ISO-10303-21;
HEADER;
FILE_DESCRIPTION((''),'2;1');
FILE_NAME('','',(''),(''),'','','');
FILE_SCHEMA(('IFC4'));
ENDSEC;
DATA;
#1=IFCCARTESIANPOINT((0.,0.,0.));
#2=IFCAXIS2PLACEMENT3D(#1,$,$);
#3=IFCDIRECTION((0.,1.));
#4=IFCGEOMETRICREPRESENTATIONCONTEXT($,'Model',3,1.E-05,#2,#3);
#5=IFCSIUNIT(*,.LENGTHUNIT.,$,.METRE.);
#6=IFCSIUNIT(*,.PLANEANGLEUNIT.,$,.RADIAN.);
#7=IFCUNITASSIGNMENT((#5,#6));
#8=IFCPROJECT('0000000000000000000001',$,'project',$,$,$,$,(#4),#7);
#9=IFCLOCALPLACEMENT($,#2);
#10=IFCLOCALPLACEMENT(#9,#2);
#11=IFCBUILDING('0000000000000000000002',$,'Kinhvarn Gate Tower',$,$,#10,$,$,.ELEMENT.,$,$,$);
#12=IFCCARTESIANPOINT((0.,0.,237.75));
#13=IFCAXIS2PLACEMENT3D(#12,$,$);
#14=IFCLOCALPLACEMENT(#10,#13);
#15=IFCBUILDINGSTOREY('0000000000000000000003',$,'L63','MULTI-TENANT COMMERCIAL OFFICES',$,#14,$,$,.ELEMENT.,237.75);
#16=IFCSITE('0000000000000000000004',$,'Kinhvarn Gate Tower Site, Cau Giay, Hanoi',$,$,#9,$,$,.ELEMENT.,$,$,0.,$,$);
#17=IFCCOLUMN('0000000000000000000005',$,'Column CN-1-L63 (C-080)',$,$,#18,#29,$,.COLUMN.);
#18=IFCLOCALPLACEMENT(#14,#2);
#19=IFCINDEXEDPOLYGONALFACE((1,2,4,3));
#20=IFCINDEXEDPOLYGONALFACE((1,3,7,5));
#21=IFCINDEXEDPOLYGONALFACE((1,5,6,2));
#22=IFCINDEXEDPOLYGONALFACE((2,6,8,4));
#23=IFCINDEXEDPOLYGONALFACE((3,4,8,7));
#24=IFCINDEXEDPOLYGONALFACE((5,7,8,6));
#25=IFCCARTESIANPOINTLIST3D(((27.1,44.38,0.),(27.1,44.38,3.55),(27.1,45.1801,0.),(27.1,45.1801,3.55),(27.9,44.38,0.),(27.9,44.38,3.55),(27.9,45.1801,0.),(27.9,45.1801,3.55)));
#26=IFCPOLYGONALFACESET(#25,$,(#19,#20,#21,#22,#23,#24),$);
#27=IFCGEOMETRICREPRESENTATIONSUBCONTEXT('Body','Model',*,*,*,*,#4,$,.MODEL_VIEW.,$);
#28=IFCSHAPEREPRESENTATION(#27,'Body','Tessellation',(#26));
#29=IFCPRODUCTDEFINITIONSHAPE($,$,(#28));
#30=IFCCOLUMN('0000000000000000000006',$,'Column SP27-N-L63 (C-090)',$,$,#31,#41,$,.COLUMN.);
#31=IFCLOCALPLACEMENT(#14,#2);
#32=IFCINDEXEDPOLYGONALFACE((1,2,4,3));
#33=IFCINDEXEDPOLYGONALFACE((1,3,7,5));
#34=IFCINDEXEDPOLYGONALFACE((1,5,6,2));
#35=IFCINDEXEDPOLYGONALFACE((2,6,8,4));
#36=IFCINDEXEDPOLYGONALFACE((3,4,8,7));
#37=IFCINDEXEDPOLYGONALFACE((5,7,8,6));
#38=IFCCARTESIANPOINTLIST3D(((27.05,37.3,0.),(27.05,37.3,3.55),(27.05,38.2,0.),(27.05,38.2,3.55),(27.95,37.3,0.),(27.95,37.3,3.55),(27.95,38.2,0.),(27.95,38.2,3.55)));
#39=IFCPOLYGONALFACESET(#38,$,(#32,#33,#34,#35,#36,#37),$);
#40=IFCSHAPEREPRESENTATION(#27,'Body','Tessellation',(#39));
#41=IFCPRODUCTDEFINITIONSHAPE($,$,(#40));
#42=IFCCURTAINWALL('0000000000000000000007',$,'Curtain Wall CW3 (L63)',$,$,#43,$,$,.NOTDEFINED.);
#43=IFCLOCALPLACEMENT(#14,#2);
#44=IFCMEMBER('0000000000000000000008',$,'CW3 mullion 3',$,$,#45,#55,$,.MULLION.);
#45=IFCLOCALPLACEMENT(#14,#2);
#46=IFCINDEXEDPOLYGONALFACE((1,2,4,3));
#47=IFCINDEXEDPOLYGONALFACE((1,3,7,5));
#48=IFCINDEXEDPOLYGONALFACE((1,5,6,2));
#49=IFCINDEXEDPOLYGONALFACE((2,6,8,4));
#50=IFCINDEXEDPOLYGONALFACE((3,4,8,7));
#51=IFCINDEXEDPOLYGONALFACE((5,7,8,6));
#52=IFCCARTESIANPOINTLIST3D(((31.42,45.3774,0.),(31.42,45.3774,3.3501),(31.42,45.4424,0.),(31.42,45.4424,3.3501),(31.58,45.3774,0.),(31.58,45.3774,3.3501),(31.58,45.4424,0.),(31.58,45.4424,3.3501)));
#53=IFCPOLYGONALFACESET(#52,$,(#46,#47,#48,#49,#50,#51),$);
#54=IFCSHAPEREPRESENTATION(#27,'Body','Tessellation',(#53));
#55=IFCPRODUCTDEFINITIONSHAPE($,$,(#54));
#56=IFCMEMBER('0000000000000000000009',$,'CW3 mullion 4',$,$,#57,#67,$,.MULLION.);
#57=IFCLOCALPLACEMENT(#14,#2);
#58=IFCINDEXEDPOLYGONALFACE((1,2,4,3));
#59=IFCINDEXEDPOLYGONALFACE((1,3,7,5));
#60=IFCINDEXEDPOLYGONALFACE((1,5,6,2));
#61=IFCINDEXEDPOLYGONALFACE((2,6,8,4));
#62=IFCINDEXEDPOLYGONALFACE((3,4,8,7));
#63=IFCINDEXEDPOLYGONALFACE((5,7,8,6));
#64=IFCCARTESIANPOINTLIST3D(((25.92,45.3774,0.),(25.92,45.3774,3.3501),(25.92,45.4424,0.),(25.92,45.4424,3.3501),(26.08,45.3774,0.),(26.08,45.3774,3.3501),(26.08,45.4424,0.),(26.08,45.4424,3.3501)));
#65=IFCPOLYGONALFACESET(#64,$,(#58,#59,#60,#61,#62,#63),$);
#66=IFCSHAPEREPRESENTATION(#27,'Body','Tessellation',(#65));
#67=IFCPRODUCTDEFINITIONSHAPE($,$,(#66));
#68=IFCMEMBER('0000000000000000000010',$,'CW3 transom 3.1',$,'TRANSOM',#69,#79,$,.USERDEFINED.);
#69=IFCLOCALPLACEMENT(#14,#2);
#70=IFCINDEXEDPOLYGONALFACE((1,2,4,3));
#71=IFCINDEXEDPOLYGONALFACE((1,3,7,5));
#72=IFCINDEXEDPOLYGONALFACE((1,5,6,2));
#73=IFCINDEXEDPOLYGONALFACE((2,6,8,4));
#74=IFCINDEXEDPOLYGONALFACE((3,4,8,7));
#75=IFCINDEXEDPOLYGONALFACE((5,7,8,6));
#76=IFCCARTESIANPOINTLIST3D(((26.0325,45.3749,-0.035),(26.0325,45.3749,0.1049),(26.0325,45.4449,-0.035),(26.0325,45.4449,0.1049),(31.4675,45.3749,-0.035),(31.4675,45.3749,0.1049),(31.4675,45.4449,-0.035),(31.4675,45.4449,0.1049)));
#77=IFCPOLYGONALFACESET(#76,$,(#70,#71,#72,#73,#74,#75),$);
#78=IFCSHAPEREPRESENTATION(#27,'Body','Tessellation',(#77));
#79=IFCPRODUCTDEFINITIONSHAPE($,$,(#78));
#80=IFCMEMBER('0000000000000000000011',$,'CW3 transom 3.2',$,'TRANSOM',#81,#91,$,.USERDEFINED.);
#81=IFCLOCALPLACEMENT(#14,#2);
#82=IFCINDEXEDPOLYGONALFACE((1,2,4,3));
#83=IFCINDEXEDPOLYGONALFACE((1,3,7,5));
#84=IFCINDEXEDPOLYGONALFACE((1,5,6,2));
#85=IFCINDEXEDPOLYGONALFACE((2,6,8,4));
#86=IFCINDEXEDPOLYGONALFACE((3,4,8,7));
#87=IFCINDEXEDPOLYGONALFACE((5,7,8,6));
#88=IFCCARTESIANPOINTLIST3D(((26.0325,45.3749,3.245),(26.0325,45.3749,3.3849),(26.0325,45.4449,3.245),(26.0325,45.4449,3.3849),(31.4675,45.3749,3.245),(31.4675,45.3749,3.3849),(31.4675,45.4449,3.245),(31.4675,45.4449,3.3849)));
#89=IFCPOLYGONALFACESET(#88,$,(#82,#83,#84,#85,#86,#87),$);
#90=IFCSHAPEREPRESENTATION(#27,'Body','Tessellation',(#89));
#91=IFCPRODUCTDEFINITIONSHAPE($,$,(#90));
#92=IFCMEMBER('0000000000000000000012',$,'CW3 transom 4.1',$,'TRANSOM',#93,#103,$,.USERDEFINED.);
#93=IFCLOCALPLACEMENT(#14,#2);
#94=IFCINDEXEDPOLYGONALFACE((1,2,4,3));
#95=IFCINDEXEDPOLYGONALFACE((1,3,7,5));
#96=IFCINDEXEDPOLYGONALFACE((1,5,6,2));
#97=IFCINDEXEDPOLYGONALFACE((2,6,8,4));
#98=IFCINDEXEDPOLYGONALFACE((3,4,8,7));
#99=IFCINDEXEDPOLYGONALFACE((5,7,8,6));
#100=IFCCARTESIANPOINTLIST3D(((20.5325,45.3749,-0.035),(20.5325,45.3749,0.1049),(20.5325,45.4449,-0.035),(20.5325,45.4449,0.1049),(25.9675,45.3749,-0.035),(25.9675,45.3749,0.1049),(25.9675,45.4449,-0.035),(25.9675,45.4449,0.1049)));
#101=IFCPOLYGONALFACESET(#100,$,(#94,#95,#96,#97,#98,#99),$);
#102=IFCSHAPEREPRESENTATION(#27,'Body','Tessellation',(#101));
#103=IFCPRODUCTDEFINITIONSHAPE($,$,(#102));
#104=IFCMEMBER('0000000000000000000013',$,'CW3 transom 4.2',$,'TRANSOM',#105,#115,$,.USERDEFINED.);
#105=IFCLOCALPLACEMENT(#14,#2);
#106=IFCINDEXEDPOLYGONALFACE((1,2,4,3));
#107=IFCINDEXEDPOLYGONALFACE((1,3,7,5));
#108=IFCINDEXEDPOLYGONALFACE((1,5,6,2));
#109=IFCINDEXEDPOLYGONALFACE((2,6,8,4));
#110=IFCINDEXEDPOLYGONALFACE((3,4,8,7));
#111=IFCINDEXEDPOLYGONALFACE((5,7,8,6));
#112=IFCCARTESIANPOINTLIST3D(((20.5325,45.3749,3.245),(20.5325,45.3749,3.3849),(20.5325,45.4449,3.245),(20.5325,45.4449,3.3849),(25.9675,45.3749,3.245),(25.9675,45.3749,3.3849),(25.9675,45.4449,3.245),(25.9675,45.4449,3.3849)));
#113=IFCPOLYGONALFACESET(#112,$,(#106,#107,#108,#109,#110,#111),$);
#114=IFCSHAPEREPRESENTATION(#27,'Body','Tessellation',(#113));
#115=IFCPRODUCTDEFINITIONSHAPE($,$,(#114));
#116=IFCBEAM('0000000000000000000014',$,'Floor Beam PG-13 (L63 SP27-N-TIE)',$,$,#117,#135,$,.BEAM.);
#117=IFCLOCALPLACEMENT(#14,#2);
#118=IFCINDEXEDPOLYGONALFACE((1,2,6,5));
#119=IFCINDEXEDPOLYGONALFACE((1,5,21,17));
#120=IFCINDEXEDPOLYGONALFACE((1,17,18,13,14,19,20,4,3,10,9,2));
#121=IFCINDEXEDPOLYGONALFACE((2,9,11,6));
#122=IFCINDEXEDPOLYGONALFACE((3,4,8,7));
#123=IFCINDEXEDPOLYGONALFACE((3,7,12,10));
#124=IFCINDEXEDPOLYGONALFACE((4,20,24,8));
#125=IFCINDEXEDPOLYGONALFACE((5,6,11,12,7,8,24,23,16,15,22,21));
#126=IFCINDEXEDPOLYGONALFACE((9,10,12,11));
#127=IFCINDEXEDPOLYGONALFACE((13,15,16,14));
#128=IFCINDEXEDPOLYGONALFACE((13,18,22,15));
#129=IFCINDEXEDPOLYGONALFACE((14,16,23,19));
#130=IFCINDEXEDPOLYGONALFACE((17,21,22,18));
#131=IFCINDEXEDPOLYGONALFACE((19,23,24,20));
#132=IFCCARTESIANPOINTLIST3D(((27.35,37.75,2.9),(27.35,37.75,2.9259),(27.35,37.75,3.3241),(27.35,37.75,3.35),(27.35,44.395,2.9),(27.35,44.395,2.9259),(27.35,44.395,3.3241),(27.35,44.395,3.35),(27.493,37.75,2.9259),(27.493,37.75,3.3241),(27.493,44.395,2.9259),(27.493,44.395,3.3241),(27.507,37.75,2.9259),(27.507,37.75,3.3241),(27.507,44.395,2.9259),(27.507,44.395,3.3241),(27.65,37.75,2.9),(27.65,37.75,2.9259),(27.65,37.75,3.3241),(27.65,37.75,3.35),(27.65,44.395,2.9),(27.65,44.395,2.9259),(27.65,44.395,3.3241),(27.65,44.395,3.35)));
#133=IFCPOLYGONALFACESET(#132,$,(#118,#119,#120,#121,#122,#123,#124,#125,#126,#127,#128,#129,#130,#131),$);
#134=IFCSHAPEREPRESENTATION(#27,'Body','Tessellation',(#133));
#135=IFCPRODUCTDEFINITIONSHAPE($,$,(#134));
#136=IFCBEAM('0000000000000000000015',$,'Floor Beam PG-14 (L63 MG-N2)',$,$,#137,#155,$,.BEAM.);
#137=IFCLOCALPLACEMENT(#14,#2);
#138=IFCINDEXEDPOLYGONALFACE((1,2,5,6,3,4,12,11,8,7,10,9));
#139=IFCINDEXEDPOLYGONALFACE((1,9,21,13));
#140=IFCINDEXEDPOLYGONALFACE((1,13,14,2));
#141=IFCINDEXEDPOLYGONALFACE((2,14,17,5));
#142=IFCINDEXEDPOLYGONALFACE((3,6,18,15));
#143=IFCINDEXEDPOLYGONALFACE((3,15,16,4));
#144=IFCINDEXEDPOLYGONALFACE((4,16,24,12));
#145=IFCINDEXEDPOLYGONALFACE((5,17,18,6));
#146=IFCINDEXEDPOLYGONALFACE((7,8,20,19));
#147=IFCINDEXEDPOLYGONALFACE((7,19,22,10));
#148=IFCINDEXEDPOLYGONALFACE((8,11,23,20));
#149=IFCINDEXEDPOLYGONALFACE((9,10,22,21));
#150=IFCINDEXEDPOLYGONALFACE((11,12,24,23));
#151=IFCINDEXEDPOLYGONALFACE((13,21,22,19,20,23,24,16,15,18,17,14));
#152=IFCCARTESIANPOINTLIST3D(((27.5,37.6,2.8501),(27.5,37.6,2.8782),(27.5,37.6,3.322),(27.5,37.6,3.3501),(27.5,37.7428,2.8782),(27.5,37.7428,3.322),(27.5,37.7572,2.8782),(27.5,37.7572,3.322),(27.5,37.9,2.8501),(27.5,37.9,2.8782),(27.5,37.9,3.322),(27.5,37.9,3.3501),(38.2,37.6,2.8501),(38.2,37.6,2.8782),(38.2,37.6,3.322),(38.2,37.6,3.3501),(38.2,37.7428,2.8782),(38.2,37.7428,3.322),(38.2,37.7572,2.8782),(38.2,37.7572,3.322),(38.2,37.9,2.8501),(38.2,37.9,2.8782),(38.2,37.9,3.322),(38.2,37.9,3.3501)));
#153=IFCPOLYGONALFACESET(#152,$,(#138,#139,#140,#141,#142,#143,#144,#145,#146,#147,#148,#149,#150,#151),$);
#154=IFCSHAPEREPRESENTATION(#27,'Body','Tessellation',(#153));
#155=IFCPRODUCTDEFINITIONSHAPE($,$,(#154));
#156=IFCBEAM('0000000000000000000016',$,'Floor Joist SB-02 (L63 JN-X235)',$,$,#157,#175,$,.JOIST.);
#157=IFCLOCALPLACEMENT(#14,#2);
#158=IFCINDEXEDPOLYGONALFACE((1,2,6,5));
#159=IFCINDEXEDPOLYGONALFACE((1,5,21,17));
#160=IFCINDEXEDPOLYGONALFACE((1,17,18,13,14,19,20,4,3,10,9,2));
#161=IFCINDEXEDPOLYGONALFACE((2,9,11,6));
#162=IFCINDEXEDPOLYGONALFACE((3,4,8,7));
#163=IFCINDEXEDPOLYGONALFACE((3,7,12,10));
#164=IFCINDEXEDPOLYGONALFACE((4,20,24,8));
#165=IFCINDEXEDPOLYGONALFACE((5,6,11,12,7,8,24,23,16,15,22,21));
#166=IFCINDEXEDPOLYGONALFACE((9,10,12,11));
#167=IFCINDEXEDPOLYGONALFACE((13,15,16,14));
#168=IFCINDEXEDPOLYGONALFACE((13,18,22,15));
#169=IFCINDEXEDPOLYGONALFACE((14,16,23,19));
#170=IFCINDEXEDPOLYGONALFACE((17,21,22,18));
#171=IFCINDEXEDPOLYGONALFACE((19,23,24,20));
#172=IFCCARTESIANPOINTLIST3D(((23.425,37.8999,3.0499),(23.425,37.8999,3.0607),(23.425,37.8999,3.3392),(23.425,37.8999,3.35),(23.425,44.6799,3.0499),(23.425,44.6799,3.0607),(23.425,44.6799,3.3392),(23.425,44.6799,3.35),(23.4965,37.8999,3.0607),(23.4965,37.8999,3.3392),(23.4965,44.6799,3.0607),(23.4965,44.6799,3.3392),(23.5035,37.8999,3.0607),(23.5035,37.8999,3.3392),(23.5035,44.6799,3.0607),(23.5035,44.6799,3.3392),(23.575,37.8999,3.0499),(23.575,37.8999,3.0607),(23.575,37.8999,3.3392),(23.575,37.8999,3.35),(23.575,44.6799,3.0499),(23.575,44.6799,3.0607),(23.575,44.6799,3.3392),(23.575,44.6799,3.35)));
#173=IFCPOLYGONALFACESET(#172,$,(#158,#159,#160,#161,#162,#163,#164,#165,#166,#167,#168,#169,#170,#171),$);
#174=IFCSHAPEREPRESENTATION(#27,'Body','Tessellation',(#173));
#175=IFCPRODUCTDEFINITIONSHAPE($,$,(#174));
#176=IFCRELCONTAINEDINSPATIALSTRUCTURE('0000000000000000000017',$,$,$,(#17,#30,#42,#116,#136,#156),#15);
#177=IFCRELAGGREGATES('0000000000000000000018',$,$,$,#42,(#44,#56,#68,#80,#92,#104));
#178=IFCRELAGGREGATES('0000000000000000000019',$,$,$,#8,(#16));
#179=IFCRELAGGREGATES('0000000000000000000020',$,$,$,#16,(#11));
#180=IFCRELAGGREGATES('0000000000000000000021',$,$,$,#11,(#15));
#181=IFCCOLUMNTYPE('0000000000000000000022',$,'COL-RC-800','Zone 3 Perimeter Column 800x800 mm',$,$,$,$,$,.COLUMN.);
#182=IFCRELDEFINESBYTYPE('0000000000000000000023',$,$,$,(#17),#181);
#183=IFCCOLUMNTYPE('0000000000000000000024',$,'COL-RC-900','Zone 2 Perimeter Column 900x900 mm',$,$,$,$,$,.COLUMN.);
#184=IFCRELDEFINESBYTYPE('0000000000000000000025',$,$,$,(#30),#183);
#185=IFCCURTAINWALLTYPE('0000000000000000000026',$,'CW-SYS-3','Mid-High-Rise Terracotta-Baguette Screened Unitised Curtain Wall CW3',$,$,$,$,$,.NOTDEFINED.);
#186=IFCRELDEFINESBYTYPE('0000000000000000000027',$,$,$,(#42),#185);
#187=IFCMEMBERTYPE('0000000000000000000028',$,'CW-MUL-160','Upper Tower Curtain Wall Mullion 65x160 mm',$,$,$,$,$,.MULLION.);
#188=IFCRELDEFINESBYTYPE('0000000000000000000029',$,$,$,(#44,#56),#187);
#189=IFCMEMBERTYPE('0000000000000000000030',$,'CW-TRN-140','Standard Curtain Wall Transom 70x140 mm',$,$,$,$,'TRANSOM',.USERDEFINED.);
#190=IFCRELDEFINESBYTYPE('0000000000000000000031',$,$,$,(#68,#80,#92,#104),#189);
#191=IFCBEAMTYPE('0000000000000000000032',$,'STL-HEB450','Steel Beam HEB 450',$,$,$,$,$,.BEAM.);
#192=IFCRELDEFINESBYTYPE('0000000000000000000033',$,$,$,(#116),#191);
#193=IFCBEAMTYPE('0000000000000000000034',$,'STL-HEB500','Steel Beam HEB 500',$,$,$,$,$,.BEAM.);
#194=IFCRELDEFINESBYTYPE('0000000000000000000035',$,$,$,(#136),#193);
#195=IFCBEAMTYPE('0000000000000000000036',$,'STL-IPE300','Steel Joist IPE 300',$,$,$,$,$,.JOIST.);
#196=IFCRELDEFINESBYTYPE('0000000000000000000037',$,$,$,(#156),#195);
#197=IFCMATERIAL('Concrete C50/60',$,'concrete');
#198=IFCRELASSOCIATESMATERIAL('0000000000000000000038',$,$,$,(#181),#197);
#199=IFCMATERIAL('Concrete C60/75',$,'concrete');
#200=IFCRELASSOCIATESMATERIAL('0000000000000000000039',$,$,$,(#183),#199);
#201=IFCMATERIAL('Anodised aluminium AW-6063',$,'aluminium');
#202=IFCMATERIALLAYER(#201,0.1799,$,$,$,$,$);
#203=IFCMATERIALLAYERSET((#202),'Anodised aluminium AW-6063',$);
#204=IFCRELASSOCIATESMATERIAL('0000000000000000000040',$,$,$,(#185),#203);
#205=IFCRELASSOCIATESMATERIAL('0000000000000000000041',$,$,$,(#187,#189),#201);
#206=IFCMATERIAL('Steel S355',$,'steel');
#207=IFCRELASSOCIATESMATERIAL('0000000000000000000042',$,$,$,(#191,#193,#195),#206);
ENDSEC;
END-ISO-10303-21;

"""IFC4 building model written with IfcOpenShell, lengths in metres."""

from ifc_helpers import new_model, si_unit, direction, frame, origin, origin_2d, place, context, subcontext, project, spatial, rectangle, i_section, extrude, material, layer, layer_set, material_profile, profile_set, type_object, element, aggregate, save


model = new_model("IFC4")

# Units and contexts
model_context = context("Model", 3, precision=1e-05, world=origin(), true_north=direction((0.0, 1.0)))
body_context = subcontext(model_context, "Body", "Model", "MODEL_VIEW")
ifc_project = project(units=[si_unit("LENGTHUNIT", "METRE"), si_unit("PLANEANGLEUNIT", "RADIAN")], contexts=[model_context])

# Site, building, storey
site_placement = place(None, origin())
site = spatial("IfcSite", under=ifc_project, at=site_placement, Name="Kinhvarn Gate Tower Site, Cau Giay, Hanoi", CompositionType="ELEMENT", RefElevation=0.0)
building_placement = place(site_placement, origin())
building = spatial("IfcBuilding", under=site, at=building_placement, Name="Kinhvarn Gate Tower", CompositionType="ELEMENT")
storey_placement = place(building_placement, frame((0.0, 0.0, 237.75)))
storey = spatial("IfcBuildingStorey", under=building, at=storey_placement, Name="L63", Description="MULTI-TENANT COMMERCIAL OFFICES", CompositionType="ELEMENT", Elevation=237.75)

# Columns
ifc_material_1 = material(Name="Concrete C50/60", Category="concrete")
ifc_material_profile_1 = material_profile(ifc_material_1, rectangle(XDim=0.8, YDim=0.8, at=origin_2d()), Name="RC 800x800")
ifc_profile_set_1 = profile_set([ifc_material_profile_1], Name="Concrete C50/60")
column_type_1 = type_object("IfcColumnType", Name="COL-RC-800", Description="Zone 3 Perimeter Column 800x800 mm", PredefinedType="COLUMN", material=ifc_profile_set_1)
column_1_placement = place(storey_placement, frame((27.5, 44.78, 0.0), z_axis=(0.0, 0.0, 1.0), x_axis=(1.0, 0.0, 0.0)))
element("IfcColumn", 1, at=column_1_placement, inside=storey, type_object=column_type_1, Name="Column CN-1-L63 (C-080)", PredefinedType="COLUMN", context=body_context, shape_type="SweptSolid", body=[
    extrude(rectangle(XDim=0.8, YDim=0.8, at=origin_2d()), origin(), (0.0, 0.0, 1.0), 3.55),
])
ifc_material_2 = material(Name="Concrete C60/75", Category="concrete")
ifc_material_profile_2 = material_profile(ifc_material_2, rectangle(XDim=0.8999, YDim=0.8999, at=origin_2d()), Name="RC 900x900")
ifc_profile_set_2 = profile_set([ifc_material_profile_2], Name="Concrete C60/75")
column_type_2 = type_object("IfcColumnType", Name="COL-RC-900", Description="Zone 2 Perimeter Column 900x900 mm", PredefinedType="COLUMN", material=ifc_profile_set_2)
column_2_placement = place(storey_placement, frame((27.5, 37.75, 0.0), z_axis=(0.0, 0.0, 1.0), x_axis=(1.0, 0.0, 0.0)))
element("IfcColumn", 2, at=column_2_placement, inside=storey, type_object=column_type_2, Name="Column SP27-N-L63 (C-090)", PredefinedType="COLUMN", context=body_context, shape_type="SweptSolid", body=[
    extrude(rectangle(XDim=0.8999, YDim=0.8999, at=origin_2d()), origin(), (0.0, 0.0, 1.0), 3.55),
])

# Curtain wall, members
ifc_material_3 = material(Name="Anodised aluminium AW-6063", Category="aluminium")
ifc_layer_1 = layer(ifc_material_3, 0.1799)
ifc_layer_set_1 = layer_set([ifc_layer_1], Name="Anodised aluminium AW-6063")
curtain_wall_type = type_object("IfcCurtainWallType", Name="CW-SYS-3", Description="Mid-High-Rise Terracotta-Baguette Screened Unitised Curtain Wall CW3", PredefinedType="NOTDEFINED", material=ifc_layer_set_1)
curtain_wall_placement = place(storey_placement, origin())
curtain_wall = element("IfcCurtainWall", 3, at=curtain_wall_placement, inside=storey, type_object=curtain_wall_type, Name="Curtain Wall CW3 (L63)", PredefinedType="NOTDEFINED")
ifc_material_profile_3 = material_profile(ifc_material_3, rectangle(XDim=0.0649, YDim=0.1599, at=origin_2d()), Name="ALU 65x160")
ifc_profile_set_3 = profile_set([ifc_material_profile_3], Name="Anodised aluminium AW-6063")
member_type_1 = type_object("IfcMemberType", Name="CW-MUL-160", Description="Upper Tower Curtain Wall Mullion 65x160 mm", PredefinedType="MULLION", material=ifc_profile_set_3)
member_1_placement = place(storey_placement, frame((31.5, 45.4099, 0.0), z_axis=(0.0, 0.0, 1.0), x_axis=(0.0, -1.0, 0.0)))
member_1 = element("IfcMember", 4, at=member_1_placement, type_object=member_type_1, Name="CW3 mullion 3", PredefinedType="MULLION", context=body_context, shape_type="SweptSolid", body=[
    extrude(rectangle(XDim=0.0649, YDim=0.1599, at=origin_2d()), origin(), (0.0, 0.0, 1.0), 3.3501),
])
member_2_placement = place(storey_placement, frame((26.0, 45.4099, 0.0), z_axis=(0.0, 0.0, 1.0), x_axis=(0.0, -1.0, 0.0)))
member_2 = element("IfcMember", 5, at=member_2_placement, type_object=member_type_1, Name="CW3 mullion 4", PredefinedType="MULLION", context=body_context, shape_type="SweptSolid", body=[
    extrude(rectangle(XDim=0.0649, YDim=0.1599, at=origin_2d()), origin(), (0.0, 0.0, 1.0), 3.3501),
])
ifc_material_profile_4 = material_profile(ifc_material_3, rectangle(XDim=0.0701, YDim=0.1399, at=origin_2d()), Name="ALU 70x140")
ifc_profile_set_4 = profile_set([ifc_material_profile_4], Name="Anodised aluminium AW-6063")
member_type_2 = type_object("IfcMemberType", Name="CW-TRN-140", Description="Standard Curtain Wall Transom 70x140 mm", ElementType="TRANSOM", PredefinedType="USERDEFINED", material=ifc_profile_set_4)
member_3_placement = place(storey_placement, frame((31.4675, 45.4099, 0.0349), z_axis=(-1.0, 0.0, 0.0), x_axis=(0.0, -1.0, 0.0)))
member_3 = element("IfcMember", 6, at=member_3_placement, type_object=member_type_2, Name="CW3 transom 3.1", ObjectType="TRANSOM", PredefinedType="USERDEFINED", context=body_context, shape_type="SweptSolid", body=[
    extrude(rectangle(XDim=0.0701, YDim=0.1399, at=origin_2d()), origin(), (0.0, 0.0, 1.0), 5.4351),
])
member_4_placement = place(storey_placement, frame((31.4675, 45.4099, 3.3149), z_axis=(-1.0, 0.0, 0.0), x_axis=(0.0, -1.0, 0.0)))
member_4 = element("IfcMember", 7, at=member_4_placement, type_object=member_type_2, Name="CW3 transom 3.2", ObjectType="TRANSOM", PredefinedType="USERDEFINED", context=body_context, shape_type="SweptSolid", body=[
    extrude(rectangle(XDim=0.0701, YDim=0.1399, at=origin_2d()), origin(), (0.0, 0.0, 1.0), 5.4351),
])
member_5_placement = place(storey_placement, frame((25.9675, 45.4099, 0.0349), z_axis=(-1.0, 0.0, 0.0), x_axis=(0.0, -1.0, 0.0)))
member_5 = element("IfcMember", 8, at=member_5_placement, type_object=member_type_2, Name="CW3 transom 4.1", ObjectType="TRANSOM", PredefinedType="USERDEFINED", context=body_context, shape_type="SweptSolid", body=[
    extrude(rectangle(XDim=0.0701, YDim=0.1399, at=origin_2d()), origin(), (0.0, 0.0, 1.0), 5.4351),
])
member_6_placement = place(storey_placement, frame((25.9675, 45.4099, 3.3149), z_axis=(-1.0, 0.0, 0.0), x_axis=(0.0, -1.0, 0.0)))
member_6 = element("IfcMember", 9, at=member_6_placement, type_object=member_type_2, Name="CW3 transom 4.2", ObjectType="TRANSOM", PredefinedType="USERDEFINED", context=body_context, shape_type="SweptSolid", body=[
    extrude(rectangle(XDim=0.0701, YDim=0.1399, at=origin_2d()), origin(), (0.0, 0.0, 1.0), 5.4351),
])

# Beams
ifc_material_4 = material(Name="Steel S355", Category="steel")
ifc_material_profile_5 = material_profile(ifc_material_4, i_section(OverallWidth=0.3, OverallDepth=0.45, WebThickness=0.0139, FlangeThickness=0.0259, at=origin_2d()), Name="HEB 450")
ifc_profile_set_5 = profile_set([ifc_material_profile_5], Name="Steel S355")
beam_type_1 = type_object("IfcBeamType", Name="STL-HEB450", Description="Steel Beam HEB 450", PredefinedType="BEAM", material=ifc_profile_set_5)
beam_1_placement = place(storey_placement, frame((27.5, 37.75, 3.125), z_axis=(0.0, 1.0, 0.0), x_axis=(-1.0, 0.0, 0.0)))
element("IfcBeam", 10, at=beam_1_placement, inside=storey, type_object=beam_type_1, Name="Floor Beam PG-13 (L63 SP27-N-TIE)", PredefinedType="BEAM", context=body_context, shape_type="SweptSolid", body=[
    extrude(i_section(OverallWidth=0.3, OverallDepth=0.45, WebThickness=0.0139, FlangeThickness=0.0259, at=origin_2d()), origin(), (0.0, 0.0, 1.0), 6.645),
])
ifc_material_profile_6 = material_profile(ifc_material_4, i_section(OverallWidth=0.3, OverallDepth=0.5, WebThickness=0.0144, FlangeThickness=0.0281, at=origin_2d()), Name="HEB 500")
ifc_profile_set_6 = profile_set([ifc_material_profile_6], Name="Steel S355")
beam_type_2 = type_object("IfcBeamType", Name="STL-HEB500", Description="Steel Beam HEB 500", PredefinedType="BEAM", material=ifc_profile_set_6)
beam_2_placement = place(storey_placement, frame((27.5, 37.75, 3.1001), z_axis=(1.0, 0.0, 0.0), x_axis=(0.0, 1.0, 0.0)))
element("IfcBeam", 11, at=beam_2_placement, inside=storey, type_object=beam_type_2, Name="Floor Beam PG-14 (L63 MG-N2)", PredefinedType="BEAM", context=body_context, shape_type="SweptSolid", body=[
    extrude(i_section(OverallWidth=0.3, OverallDepth=0.5, WebThickness=0.0144, FlangeThickness=0.0281, at=origin_2d()), origin(), (0.0, 0.0, 1.0), 10.7),
])
ifc_material_profile_7 = material_profile(ifc_material_4, i_section(OverallWidth=0.1499, OverallDepth=0.3, WebThickness=0.0071, FlangeThickness=0.0107, at=origin_2d()), Name="IPE 300")
ifc_profile_set_7 = profile_set([ifc_material_profile_7], Name="Steel S355")
beam_type_3 = type_object("IfcBeamType", Name="STL-IPE300", Description="Steel Joist IPE 300", PredefinedType="JOIST", material=ifc_profile_set_7)
for number, where, z_axis, x_axis, name in (
    (12, (23.5, 37.8999, 3.2), (0.0, 1.0, 0.0), (-1.0, 0.0, 0.0), "Floor Joist SB-02 (L63 JN-X235)"),
):
    element("IfcBeam", number, at=place(storey_placement, frame(where, z_axis=z_axis, x_axis=x_axis)), inside=storey, type_object=beam_type_3, Name=name, PredefinedType="JOIST", context=body_context, shape_type="SweptSolid", body=[
        extrude(i_section(OverallWidth=0.1499, OverallDepth=0.3, WebThickness=0.0071, FlangeThickness=0.0107, at=origin_2d()), origin(), (0.0, 0.0, 1.0), 6.78),
    ])

aggregate(curtain_wall, [member_1, member_2, member_3, member_4, member_5, member_6])

save(model, "model.ifc")
